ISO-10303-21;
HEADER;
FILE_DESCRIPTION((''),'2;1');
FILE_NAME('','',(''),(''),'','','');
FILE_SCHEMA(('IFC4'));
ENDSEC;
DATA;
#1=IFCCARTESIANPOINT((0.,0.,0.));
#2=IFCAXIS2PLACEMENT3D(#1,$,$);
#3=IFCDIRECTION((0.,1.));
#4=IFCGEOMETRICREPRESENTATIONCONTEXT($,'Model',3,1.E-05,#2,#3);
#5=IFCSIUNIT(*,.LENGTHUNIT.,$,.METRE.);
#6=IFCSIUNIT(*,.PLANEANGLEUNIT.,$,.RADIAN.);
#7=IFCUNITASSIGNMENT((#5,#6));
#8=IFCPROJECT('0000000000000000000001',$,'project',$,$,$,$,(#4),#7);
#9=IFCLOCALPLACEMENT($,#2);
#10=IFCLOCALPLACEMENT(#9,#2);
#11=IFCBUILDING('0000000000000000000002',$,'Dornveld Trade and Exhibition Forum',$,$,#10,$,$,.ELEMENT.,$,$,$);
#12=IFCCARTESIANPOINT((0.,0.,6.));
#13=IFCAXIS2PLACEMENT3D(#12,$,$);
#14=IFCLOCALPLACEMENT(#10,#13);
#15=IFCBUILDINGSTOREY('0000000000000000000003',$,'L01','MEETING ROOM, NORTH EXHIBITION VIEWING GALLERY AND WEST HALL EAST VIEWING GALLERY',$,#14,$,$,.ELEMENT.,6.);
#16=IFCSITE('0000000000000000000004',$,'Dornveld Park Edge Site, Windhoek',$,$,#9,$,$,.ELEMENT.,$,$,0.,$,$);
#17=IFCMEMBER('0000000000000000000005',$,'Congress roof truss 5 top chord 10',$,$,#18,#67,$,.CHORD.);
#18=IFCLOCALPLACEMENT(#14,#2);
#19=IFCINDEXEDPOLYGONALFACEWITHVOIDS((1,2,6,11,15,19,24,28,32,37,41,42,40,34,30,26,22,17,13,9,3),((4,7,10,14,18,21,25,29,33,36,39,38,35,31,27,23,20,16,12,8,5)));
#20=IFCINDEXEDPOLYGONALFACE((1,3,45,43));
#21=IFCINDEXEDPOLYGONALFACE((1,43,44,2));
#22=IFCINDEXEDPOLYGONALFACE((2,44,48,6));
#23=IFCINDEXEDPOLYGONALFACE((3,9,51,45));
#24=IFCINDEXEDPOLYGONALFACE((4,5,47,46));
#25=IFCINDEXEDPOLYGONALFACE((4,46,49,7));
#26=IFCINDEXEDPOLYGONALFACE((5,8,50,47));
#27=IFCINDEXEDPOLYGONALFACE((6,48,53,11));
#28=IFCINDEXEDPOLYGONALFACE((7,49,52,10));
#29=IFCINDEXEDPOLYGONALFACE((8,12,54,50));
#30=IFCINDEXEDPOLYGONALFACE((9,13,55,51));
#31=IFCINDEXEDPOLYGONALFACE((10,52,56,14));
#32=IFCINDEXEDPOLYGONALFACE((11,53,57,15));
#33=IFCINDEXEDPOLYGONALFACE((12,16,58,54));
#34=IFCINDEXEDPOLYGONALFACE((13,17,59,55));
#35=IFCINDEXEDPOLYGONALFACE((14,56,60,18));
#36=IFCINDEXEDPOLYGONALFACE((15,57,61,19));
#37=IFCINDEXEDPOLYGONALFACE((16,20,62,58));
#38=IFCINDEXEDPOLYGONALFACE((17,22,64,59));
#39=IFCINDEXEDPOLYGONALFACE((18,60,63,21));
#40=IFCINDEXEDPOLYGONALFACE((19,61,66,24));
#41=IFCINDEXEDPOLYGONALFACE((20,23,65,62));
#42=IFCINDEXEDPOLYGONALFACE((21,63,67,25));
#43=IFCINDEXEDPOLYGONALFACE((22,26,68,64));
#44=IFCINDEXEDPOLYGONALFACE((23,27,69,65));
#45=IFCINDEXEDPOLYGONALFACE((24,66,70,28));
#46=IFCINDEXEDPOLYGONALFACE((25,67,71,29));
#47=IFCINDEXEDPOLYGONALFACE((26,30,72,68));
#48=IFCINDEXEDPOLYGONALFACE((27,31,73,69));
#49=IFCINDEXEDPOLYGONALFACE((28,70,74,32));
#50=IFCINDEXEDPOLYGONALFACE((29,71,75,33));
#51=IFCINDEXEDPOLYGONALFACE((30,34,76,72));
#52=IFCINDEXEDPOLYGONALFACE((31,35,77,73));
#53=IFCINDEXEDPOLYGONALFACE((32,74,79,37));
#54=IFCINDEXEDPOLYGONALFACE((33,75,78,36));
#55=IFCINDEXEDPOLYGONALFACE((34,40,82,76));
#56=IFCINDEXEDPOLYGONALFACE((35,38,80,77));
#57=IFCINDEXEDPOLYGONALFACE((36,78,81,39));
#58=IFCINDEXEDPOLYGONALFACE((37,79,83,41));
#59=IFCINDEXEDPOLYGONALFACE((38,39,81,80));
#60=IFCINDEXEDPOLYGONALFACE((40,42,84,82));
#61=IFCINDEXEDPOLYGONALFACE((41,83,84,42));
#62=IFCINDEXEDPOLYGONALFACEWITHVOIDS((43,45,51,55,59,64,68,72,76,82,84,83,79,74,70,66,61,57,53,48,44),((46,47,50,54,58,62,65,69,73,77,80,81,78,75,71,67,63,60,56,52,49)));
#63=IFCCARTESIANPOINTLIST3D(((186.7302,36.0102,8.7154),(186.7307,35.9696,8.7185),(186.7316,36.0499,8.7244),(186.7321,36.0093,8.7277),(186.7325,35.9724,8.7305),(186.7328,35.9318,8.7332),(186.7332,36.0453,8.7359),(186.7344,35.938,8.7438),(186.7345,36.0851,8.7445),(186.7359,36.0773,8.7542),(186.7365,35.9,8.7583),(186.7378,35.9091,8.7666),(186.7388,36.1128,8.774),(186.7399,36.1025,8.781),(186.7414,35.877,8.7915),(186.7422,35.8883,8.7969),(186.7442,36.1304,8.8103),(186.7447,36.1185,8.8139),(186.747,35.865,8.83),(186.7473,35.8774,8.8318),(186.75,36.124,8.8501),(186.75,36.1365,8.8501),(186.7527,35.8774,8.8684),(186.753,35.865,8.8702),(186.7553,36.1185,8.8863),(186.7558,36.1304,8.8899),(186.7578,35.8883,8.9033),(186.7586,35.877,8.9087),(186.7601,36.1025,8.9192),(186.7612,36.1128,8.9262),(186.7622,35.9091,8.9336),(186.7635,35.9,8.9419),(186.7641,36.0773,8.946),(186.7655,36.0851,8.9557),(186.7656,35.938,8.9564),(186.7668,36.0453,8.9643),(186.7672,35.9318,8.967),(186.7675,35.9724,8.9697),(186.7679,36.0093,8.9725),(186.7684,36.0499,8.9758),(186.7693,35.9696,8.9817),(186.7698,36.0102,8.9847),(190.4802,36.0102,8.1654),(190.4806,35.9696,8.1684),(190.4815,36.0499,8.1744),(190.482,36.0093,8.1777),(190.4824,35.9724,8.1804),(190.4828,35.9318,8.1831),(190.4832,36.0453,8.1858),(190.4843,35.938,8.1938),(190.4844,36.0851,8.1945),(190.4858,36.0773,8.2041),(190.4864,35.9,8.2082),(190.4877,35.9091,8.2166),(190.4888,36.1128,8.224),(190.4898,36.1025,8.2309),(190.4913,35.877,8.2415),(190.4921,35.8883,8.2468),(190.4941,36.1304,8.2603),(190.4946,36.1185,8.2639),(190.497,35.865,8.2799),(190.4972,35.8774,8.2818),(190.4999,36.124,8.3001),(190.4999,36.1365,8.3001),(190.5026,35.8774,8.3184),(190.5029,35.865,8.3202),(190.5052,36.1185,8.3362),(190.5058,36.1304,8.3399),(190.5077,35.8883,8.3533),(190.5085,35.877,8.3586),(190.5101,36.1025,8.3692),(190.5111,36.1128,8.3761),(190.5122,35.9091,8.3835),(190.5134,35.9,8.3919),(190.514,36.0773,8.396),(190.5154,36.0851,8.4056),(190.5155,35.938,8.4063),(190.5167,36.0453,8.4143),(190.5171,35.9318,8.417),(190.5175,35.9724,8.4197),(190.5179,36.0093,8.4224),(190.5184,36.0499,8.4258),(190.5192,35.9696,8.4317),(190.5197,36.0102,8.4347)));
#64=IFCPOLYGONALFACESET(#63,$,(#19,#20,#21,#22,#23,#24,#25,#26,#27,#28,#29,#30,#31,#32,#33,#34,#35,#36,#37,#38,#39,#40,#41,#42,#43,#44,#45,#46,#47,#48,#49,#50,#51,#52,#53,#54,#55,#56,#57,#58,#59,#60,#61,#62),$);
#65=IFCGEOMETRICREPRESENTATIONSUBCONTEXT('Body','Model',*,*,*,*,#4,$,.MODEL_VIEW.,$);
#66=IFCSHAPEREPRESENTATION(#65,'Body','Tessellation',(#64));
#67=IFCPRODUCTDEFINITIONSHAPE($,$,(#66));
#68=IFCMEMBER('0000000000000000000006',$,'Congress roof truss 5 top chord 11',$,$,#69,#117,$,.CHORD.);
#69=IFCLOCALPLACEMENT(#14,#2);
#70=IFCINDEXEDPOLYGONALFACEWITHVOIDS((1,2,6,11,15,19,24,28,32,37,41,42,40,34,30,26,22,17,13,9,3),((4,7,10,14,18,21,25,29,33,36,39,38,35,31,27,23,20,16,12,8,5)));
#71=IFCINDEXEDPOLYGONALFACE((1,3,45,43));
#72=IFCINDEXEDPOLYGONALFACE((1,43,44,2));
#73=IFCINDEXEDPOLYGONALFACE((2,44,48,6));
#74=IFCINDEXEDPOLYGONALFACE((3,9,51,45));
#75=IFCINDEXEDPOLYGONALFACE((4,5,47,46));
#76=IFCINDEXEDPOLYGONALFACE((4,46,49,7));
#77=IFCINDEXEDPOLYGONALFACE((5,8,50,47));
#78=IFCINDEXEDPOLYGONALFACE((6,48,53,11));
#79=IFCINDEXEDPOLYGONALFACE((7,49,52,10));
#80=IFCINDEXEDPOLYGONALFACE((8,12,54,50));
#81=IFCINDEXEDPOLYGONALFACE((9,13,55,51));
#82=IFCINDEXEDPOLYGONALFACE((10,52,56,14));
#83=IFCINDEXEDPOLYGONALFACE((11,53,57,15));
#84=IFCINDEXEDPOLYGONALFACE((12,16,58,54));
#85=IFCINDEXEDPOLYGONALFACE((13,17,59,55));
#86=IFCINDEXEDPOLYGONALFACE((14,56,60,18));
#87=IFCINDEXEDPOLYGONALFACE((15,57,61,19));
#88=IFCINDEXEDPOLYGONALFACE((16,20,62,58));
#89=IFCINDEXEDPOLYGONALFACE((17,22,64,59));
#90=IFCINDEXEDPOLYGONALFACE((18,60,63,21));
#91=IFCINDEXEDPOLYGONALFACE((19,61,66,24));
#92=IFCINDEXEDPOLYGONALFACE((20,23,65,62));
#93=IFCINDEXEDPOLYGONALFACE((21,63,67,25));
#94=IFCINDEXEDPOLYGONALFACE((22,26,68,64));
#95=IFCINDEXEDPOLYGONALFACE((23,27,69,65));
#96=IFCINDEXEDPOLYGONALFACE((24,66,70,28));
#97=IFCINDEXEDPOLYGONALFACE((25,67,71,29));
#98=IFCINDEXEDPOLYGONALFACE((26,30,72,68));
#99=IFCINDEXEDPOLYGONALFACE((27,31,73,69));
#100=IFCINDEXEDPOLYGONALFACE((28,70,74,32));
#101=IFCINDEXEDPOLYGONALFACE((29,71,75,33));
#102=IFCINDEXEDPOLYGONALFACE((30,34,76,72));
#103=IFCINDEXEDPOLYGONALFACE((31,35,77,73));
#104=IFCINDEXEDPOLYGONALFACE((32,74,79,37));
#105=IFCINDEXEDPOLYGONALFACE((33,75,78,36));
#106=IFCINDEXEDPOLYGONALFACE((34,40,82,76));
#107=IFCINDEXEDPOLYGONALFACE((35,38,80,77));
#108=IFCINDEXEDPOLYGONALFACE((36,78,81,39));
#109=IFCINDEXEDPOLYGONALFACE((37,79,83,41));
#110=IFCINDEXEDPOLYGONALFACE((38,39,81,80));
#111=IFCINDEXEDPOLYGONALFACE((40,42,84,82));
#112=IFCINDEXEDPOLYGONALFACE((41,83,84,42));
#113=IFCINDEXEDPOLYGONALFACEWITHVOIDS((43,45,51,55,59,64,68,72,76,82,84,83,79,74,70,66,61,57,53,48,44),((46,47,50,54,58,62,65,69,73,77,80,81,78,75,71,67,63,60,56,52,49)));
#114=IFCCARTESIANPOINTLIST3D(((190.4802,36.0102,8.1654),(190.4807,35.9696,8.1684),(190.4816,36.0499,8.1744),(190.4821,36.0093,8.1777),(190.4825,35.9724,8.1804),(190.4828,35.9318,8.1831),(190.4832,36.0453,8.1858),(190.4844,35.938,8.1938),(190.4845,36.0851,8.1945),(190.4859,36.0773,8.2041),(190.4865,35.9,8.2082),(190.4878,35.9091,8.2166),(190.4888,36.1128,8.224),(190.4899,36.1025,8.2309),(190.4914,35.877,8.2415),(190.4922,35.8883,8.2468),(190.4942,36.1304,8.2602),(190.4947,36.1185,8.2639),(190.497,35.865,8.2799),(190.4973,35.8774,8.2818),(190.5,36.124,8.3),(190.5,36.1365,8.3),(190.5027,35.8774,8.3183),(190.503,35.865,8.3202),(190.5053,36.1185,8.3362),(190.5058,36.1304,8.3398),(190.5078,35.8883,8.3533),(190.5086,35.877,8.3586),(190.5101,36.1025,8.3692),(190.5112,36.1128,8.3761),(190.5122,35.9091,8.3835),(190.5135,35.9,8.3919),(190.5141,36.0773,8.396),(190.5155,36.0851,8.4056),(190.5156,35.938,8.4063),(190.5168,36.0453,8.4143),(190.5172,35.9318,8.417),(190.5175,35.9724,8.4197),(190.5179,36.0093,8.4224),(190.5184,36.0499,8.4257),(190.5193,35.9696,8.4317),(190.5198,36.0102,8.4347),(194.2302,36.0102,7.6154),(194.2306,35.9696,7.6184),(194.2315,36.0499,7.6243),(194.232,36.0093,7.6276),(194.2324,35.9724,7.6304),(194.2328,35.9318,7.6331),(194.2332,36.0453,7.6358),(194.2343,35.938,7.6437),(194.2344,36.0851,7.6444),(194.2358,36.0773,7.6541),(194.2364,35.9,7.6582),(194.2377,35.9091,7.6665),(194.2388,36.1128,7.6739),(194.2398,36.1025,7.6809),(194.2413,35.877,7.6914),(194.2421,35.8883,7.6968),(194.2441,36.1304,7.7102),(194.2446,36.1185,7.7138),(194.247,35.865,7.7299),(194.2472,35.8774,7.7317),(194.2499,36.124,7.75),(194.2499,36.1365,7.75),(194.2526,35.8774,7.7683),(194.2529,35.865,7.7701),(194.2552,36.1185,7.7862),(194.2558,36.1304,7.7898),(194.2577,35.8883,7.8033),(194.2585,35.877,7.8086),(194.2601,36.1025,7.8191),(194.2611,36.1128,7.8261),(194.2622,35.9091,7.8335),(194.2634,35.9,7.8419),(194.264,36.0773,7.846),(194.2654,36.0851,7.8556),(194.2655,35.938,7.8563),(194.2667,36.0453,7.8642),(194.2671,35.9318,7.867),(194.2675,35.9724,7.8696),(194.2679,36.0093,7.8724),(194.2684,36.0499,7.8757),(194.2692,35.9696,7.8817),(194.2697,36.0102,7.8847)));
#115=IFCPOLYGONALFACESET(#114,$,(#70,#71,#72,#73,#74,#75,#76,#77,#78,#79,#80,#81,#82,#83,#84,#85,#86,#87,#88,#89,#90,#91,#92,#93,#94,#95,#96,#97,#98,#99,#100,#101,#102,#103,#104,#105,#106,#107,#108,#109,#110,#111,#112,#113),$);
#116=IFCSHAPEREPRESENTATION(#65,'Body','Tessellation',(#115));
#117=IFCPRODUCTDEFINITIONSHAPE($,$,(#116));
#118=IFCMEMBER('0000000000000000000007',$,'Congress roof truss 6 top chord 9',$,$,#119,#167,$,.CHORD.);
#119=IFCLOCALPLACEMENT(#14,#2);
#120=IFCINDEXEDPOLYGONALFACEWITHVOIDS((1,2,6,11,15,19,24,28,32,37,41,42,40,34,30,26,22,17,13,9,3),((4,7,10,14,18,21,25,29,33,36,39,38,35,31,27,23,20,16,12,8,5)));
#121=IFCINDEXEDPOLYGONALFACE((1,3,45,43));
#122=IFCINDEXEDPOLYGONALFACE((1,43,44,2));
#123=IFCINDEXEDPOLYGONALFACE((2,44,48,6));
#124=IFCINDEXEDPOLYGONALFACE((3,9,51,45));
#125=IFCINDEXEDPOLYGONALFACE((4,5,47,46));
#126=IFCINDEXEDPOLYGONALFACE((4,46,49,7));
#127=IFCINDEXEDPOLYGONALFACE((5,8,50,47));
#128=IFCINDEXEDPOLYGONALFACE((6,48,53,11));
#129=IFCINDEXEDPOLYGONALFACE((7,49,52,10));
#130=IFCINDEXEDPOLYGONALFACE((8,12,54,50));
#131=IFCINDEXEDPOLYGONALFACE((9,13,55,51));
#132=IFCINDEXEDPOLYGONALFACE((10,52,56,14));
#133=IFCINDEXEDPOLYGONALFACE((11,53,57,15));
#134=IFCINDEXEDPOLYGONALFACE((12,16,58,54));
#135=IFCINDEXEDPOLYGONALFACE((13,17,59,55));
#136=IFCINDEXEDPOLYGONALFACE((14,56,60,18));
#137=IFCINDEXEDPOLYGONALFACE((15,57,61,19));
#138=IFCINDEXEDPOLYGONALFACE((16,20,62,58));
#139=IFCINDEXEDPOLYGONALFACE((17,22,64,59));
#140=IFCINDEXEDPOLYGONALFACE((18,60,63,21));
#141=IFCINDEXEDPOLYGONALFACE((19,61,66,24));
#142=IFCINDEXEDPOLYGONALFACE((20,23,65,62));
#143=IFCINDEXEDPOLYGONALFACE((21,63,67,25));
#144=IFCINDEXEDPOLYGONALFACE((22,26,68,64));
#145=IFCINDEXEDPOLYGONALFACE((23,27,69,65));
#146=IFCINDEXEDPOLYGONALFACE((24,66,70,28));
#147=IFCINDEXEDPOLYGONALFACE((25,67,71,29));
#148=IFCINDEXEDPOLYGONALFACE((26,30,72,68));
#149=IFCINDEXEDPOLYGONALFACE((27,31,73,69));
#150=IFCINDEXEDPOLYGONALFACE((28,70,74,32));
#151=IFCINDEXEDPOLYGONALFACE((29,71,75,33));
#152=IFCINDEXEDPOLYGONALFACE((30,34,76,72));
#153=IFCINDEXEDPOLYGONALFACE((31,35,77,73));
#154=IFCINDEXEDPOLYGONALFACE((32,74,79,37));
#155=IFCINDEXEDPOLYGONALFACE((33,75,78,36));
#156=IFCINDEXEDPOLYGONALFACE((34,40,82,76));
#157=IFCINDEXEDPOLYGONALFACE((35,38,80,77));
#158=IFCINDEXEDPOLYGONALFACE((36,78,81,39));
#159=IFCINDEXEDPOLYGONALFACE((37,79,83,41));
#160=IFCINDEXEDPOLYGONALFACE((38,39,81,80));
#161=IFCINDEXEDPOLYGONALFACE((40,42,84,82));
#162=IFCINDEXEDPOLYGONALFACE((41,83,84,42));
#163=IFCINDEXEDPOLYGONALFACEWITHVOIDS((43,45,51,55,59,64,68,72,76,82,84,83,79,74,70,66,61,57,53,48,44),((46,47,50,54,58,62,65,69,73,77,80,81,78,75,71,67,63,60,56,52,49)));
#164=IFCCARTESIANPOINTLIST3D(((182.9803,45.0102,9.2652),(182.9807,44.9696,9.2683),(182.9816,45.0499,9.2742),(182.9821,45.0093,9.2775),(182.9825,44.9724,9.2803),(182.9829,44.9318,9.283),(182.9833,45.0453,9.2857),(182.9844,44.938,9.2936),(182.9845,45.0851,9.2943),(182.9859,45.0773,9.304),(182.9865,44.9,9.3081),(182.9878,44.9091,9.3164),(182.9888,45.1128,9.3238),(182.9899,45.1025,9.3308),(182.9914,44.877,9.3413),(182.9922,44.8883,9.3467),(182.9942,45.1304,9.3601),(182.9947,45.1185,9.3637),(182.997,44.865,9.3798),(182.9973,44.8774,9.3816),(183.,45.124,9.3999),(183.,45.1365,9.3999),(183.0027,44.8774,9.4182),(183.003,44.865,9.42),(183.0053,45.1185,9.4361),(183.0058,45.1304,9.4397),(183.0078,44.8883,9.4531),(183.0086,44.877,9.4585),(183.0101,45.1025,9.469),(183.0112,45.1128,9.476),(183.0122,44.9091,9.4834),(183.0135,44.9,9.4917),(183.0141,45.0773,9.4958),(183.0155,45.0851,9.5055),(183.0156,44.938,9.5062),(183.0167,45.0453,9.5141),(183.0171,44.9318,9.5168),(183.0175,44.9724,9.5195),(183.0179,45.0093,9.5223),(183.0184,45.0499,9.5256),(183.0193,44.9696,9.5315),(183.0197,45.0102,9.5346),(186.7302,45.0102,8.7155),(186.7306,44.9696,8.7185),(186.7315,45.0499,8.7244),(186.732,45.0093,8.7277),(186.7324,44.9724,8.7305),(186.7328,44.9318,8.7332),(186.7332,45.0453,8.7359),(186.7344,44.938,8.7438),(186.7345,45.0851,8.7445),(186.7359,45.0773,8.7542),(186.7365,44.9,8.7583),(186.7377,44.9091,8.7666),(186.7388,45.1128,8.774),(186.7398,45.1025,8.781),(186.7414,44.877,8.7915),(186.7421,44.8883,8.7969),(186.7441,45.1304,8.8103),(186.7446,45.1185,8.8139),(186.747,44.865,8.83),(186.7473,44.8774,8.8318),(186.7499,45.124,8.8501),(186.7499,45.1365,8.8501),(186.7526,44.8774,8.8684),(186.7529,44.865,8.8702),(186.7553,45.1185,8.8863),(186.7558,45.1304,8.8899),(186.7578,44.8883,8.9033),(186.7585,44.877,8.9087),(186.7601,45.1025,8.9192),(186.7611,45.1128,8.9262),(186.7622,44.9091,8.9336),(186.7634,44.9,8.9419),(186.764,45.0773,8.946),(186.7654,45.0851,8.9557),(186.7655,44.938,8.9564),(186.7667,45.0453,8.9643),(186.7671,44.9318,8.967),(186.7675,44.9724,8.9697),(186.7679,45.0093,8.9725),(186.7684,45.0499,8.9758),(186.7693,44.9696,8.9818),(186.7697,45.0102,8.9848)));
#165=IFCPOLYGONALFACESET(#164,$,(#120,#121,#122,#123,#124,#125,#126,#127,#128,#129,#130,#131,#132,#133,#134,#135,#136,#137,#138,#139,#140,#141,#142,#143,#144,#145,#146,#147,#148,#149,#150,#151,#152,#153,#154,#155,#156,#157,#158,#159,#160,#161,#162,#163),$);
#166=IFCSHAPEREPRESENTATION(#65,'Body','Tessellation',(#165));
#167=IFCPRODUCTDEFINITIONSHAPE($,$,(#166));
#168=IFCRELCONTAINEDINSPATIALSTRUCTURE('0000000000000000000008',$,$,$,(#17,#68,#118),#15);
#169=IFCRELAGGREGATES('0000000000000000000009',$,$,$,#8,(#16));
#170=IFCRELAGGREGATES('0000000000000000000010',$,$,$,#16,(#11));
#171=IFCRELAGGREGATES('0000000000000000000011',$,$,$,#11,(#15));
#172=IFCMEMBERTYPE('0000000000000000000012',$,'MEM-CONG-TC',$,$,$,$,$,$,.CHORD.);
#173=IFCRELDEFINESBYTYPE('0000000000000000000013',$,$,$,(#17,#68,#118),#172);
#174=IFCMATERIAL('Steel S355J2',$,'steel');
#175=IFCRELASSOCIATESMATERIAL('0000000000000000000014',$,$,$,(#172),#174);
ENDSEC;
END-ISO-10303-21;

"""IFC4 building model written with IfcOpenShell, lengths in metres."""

from ifc_helpers import new_model, si_unit, direction, frame, origin, origin_2d, place, context, subcontext, project, spatial, hollow_circle, extrude, material, material_profile, profile_set, type_object, element, save


model = new_model("IFC4")

# Units and contexts
model_context = context("Model", 3, precision=1e-05, world=origin(), true_north=direction((0.0, 1.0)))
body_context = subcontext(model_context, "Body", "Model", "MODEL_VIEW")
ifc_project = project(units=[si_unit("LENGTHUNIT", "METRE"), si_unit("PLANEANGLEUNIT", "RADIAN")], contexts=[model_context])

# Site, building, storey
site_placement = place(None, origin())
site = spatial("IfcSite", under=ifc_project, at=site_placement, Name="Dornveld Park Edge Site, Windhoek", CompositionType="ELEMENT", RefElevation=0.0)
building_placement = place(site_placement, origin())
building = spatial("IfcBuilding", under=site, at=building_placement, Name="Dornveld Trade and Exhibition Forum", CompositionType="ELEMENT")
storey_placement = place(building_placement, frame((0.0, 0.0, 6.0)))
storey = spatial("IfcBuildingStorey", under=building, at=storey_placement, Name="L01", Description="MEETING ROOM, NORTH EXHIBITION VIEWING GALLERY AND WEST HALL EAST VIEWING GALLERY", CompositionType="ELEMENT", Elevation=6.0)

# Members
ifc_material_1 = material(Name="Steel S355J2", Category="steel")
ifc_material_profile_1 = material_profile(ifc_material_1, hollow_circle(Radius=0.1365, WallThickness=0.0125, at=origin_2d()), Name="CHS 273x12.5")
ifc_profile_set_1 = profile_set([ifc_material_profile_1], Name="Steel S355J2")
member_type_1 = type_object("IfcMemberType", Name="MEM-CONG-TC", PredefinedType="CHORD", material=ifc_profile_set_1)
for number, where, z_axis, x_axis, name in (
    (1, (186.75, 36.0, 8.8501), (0.989413, 0.0, -0.145127), (0.0, 1.0, 0.0), "Congress roof truss 5 top chord 10"),
    (2, (190.5, 36.0, 8.3), (0.989413, 0.0, -0.145127), (0.0, 1.0, 0.0), "Congress roof truss 5 top chord 11"),
    (3, (183.0, 45.0, 9.3999), (0.989422, 0.0, -0.145064), (0.0, 1.0, 0.0), "Congress roof truss 6 top chord 9"),
):
    element("IfcMember", number, at=place(storey_placement, frame(where, z_axis=z_axis, x_axis=x_axis)), inside=storey, type_object=member_type_1, Name=name, PredefinedType="CHORD", context=body_context, shape_type="SweptSolid", body=[
        extrude(hollow_circle(Radius=0.1365, WallThickness=0.0125, at=origin_2d()), origin(), (0.0, 0.0, 1.0), 3.79),
    ])

save(model, "model.ifc")
